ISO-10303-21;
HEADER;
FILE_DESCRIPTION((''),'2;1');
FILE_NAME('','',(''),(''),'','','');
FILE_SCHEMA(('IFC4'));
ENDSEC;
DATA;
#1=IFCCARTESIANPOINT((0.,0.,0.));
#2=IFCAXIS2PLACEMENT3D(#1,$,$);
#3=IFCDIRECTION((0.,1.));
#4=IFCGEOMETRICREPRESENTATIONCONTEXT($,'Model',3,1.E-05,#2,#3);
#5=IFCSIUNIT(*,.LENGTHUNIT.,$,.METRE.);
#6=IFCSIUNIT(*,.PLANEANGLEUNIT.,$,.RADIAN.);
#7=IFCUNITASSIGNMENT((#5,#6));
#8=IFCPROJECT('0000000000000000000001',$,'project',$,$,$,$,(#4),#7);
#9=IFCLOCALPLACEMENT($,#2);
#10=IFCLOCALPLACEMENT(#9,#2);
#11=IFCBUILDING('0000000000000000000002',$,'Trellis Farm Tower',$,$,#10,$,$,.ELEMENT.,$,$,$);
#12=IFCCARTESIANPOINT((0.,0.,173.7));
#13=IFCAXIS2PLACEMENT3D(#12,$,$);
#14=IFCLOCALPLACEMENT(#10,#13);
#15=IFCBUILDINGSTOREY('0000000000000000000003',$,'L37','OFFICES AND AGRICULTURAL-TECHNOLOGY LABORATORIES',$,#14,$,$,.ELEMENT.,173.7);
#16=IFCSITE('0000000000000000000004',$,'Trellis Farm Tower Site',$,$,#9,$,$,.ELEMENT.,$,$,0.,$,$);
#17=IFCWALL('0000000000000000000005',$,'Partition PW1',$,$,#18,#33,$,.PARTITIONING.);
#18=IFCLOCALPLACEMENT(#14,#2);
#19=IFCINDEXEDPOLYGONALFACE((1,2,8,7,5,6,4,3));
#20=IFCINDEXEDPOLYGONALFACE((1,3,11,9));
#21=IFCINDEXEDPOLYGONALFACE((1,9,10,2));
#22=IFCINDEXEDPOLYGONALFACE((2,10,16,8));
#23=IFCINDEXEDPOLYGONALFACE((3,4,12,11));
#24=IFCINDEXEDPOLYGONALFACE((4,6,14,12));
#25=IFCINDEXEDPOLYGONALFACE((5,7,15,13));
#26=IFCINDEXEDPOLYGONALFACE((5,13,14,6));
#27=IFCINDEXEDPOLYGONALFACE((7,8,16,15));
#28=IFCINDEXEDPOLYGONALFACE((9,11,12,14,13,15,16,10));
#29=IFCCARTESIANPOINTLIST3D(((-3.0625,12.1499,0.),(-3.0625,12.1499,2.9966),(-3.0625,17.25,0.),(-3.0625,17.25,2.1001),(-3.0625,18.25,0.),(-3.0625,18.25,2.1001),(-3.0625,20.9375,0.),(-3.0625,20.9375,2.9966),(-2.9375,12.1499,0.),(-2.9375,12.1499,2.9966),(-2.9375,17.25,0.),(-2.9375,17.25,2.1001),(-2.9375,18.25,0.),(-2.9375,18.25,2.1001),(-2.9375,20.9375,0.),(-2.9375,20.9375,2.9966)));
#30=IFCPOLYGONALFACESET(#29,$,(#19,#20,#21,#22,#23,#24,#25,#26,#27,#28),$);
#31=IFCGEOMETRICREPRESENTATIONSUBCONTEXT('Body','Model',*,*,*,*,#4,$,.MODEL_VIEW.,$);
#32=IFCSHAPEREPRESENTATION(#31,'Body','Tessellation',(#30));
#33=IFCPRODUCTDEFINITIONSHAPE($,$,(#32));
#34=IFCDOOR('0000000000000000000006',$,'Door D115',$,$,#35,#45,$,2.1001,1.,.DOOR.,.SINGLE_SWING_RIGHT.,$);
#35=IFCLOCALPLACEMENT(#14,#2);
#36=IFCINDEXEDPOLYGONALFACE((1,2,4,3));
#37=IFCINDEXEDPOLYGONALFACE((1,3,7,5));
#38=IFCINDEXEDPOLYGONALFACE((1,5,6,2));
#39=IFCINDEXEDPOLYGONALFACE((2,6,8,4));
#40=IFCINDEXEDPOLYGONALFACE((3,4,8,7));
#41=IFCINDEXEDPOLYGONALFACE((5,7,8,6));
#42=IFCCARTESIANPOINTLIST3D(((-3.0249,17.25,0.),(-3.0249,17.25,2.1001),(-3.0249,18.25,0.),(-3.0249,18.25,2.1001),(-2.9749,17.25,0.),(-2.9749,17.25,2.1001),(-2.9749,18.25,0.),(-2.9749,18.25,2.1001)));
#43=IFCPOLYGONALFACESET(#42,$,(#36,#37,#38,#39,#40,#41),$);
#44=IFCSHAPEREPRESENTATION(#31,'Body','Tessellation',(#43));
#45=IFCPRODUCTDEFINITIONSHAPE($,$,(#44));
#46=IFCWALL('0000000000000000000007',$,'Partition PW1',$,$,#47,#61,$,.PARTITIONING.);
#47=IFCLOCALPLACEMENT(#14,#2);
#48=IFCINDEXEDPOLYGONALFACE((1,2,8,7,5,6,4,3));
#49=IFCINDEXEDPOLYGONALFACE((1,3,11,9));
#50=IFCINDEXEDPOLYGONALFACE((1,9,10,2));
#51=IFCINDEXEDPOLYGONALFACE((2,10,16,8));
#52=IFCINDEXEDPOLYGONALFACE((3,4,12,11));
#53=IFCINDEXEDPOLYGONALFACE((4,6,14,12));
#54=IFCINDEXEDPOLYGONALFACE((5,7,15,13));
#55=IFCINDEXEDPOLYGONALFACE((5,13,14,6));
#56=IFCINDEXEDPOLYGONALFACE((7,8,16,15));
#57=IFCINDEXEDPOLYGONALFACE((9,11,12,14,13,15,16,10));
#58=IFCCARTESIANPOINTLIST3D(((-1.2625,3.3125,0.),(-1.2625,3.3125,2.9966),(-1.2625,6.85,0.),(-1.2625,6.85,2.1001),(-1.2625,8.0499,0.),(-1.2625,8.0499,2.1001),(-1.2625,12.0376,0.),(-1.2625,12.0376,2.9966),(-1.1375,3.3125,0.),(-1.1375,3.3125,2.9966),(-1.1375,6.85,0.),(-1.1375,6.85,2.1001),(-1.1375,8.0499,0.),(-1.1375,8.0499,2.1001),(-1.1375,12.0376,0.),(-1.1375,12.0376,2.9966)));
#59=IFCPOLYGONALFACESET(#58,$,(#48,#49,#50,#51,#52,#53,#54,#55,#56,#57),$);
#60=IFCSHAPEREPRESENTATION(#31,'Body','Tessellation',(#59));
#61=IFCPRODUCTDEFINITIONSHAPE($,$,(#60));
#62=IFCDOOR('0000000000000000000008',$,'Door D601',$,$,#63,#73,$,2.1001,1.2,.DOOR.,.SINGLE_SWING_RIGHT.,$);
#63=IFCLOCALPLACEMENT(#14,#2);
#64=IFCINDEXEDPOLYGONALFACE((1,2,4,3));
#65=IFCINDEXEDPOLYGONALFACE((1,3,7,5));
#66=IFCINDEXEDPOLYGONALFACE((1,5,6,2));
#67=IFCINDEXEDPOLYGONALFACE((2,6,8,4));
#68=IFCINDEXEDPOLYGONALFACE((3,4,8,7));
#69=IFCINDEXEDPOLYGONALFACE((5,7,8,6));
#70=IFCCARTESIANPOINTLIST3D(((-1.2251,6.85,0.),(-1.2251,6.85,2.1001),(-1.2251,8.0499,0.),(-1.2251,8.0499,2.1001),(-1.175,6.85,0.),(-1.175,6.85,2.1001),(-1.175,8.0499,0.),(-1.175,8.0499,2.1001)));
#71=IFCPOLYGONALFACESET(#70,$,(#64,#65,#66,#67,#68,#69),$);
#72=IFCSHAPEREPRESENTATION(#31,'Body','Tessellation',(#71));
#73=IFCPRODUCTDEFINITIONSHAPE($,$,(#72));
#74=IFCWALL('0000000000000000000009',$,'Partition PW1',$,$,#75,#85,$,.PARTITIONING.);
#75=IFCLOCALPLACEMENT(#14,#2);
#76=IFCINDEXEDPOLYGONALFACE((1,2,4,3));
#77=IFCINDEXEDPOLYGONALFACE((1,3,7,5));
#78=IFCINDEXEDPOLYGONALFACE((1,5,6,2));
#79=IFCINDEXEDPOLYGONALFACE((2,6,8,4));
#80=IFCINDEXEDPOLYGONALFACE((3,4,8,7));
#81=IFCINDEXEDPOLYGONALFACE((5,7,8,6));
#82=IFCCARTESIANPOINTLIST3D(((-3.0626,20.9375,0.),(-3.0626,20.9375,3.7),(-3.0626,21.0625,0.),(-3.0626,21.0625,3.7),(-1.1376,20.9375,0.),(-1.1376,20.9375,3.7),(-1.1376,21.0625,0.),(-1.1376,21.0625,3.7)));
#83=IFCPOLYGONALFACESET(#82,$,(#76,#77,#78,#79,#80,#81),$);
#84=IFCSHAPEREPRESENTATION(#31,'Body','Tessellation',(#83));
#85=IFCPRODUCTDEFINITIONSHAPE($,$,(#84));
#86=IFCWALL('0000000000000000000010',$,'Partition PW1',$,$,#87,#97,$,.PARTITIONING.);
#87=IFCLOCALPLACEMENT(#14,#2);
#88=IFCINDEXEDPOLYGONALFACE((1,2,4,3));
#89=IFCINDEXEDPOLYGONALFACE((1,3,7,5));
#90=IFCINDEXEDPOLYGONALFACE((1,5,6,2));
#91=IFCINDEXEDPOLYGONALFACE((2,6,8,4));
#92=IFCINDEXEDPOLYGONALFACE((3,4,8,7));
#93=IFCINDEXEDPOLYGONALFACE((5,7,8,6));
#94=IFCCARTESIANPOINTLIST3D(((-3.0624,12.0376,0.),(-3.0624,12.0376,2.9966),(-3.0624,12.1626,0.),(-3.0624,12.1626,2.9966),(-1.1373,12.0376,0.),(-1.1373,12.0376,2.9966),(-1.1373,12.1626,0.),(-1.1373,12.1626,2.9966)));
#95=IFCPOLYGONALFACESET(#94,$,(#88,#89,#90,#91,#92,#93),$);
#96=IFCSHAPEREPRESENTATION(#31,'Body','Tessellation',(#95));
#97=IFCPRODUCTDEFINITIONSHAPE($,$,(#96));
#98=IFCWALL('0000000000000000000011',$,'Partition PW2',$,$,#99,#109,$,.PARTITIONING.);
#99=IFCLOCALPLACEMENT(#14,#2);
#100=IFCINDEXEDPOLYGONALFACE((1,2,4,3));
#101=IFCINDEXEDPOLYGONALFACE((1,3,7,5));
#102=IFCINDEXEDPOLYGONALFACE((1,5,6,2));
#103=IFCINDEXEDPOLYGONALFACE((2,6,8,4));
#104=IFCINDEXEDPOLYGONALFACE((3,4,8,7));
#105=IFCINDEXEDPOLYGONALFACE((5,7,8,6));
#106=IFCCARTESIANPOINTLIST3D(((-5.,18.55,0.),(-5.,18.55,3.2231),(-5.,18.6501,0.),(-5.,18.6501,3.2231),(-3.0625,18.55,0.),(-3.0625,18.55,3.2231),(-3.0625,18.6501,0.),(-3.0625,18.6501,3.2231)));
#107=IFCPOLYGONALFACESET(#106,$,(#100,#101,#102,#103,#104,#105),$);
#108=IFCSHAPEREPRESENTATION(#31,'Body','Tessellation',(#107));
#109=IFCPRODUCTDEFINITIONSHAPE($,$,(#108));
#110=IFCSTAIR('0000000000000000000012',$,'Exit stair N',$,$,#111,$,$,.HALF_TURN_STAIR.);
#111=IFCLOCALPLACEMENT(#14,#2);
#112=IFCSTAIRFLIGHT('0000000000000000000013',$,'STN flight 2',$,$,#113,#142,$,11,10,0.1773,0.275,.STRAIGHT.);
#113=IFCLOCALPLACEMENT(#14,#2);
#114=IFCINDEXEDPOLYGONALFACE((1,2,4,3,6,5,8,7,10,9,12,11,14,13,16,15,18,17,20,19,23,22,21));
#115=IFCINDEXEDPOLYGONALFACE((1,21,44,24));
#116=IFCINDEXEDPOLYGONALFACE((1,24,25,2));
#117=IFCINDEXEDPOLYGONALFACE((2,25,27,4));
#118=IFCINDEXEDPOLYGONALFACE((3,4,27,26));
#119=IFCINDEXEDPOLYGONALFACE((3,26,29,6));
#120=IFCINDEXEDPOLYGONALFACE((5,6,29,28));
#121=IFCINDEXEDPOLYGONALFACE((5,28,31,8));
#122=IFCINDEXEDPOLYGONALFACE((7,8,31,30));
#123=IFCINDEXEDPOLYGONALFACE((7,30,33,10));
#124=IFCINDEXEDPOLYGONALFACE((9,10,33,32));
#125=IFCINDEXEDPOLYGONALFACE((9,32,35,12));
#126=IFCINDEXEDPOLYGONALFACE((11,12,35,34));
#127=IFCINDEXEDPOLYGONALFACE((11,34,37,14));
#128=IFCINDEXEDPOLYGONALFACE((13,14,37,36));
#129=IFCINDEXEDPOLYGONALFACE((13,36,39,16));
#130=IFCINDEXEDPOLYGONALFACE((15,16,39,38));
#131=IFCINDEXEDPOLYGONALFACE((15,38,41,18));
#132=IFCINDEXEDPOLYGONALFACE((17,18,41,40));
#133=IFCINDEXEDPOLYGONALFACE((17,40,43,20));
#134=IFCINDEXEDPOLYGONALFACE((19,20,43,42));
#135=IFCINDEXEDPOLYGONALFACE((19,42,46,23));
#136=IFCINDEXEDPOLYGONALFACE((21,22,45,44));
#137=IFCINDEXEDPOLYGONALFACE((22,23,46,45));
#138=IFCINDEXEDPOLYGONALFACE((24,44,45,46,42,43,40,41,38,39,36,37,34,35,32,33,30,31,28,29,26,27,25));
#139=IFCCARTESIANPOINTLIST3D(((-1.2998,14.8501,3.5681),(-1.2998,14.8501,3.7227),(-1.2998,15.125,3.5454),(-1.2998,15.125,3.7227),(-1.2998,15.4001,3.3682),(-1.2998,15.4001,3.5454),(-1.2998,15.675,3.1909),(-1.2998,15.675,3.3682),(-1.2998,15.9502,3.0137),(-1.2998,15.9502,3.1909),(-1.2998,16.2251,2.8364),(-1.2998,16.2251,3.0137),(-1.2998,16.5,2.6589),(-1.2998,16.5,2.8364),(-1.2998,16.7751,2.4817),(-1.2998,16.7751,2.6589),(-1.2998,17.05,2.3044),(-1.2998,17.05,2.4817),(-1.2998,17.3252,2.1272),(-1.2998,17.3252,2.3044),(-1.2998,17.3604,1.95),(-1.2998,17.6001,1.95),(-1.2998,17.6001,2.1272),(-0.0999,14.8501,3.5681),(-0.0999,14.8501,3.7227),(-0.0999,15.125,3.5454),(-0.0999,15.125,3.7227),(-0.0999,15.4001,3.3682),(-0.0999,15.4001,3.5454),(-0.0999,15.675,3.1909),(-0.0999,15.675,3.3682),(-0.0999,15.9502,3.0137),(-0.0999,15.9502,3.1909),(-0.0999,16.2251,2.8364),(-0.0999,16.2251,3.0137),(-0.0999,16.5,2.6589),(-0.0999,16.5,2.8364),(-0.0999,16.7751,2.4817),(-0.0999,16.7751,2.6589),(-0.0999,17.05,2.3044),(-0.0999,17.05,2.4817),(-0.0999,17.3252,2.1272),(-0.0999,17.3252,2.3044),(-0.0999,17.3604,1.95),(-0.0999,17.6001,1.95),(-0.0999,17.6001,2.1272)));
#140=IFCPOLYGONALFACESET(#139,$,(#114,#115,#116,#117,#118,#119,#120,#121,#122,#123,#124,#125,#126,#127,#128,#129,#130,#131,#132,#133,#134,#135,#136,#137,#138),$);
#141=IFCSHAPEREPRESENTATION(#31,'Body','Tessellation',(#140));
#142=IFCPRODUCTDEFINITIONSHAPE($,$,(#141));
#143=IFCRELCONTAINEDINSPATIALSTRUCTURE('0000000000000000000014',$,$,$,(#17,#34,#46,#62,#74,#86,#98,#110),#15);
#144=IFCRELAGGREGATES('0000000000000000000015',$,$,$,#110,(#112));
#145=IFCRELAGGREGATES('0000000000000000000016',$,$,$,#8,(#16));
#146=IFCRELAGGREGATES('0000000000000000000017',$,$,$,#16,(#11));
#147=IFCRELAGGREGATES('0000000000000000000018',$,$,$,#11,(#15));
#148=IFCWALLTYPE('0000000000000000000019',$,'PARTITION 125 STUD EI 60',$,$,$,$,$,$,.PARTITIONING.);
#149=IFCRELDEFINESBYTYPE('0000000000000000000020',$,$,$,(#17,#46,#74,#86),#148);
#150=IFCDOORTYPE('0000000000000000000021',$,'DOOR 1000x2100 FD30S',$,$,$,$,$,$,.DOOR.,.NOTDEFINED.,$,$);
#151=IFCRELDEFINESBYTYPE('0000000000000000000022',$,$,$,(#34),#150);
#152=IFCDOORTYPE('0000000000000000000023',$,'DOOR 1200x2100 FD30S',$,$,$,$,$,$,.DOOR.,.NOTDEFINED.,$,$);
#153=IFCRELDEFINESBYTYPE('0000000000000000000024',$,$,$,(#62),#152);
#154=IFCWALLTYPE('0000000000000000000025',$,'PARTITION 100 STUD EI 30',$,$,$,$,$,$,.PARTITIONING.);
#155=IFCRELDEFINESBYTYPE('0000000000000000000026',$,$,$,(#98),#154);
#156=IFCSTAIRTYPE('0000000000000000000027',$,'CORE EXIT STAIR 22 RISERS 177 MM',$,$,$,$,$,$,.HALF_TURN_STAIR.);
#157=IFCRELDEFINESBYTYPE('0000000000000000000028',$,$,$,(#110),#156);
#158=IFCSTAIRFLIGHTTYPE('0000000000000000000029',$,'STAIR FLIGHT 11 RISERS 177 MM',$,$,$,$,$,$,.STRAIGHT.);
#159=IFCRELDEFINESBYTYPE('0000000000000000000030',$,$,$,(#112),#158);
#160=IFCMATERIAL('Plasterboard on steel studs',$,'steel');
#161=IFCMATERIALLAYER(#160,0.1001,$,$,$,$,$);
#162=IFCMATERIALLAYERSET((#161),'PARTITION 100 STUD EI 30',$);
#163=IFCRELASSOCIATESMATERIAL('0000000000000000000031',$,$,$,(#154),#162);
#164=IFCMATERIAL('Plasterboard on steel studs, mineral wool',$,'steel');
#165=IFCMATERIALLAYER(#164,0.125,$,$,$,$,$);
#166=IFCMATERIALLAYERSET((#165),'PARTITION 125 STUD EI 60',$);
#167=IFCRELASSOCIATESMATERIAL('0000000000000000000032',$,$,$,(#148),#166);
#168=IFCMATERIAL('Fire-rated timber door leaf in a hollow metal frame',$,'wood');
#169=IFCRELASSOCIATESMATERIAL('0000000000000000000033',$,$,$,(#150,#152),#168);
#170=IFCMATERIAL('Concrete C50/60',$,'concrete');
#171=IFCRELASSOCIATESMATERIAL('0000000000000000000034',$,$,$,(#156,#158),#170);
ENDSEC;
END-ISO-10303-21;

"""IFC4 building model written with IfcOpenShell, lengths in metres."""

from ifc_helpers import new_model, si_unit, direction, frame, frame_2d, origin, place, context, subcontext, project, spatial, polyline, rectangle, outline, extrude, source, transform, mapped, material, layer, layer_set, type_object, element, fill, aggregate, save


model = new_model("IFC4")

# Units and contexts
model_context = context("Model", 3, precision=1e-05, world=origin(), true_north=direction((0.0, 1.0)))
body_context = subcontext(model_context, "Body", "Model", "MODEL_VIEW")
ifc_project = project(units=[si_unit("LENGTHUNIT", "METRE"), si_unit("PLANEANGLEUNIT", "RADIAN")], contexts=[model_context])

# Site, building, storey
site_placement = place(None, origin())
site = spatial("IfcSite", under=ifc_project, at=site_placement, Name="Trellis Farm Tower Site", CompositionType="ELEMENT", RefElevation=0.0)
building_placement = place(site_placement, origin())
building = spatial("IfcBuilding", under=site, at=building_placement, Name="Trellis Farm Tower", CompositionType="ELEMENT")
storey_placement = place(building_placement, frame((0.0, 0.0, 173.7)))
storey = spatial("IfcBuildingStorey", under=building, at=storey_placement, Name="L37", Description="OFFICES AND AGRICULTURAL-TECHNOLOGY LABORATORIES", CompositionType="ELEMENT", Elevation=173.7)

# Shared definitions
placement = place(storey_placement, origin())

# Shared definitions
shared_shape_1 = source(origin(), body_context, "Body", "SweptSolid", [
    extrude(rectangle(XDim=1.2, YDim=2.1001, at=frame_2d((0.6001, 1.05))), frame((0.0, 0.0249, 0.0), z_axis=(0.0, -1.0, 0.0), x_axis=(1.0, 0.0, 0.0)), (0.0, 0.0, 1.0), 0.05),
])

# Shared definitions
ifc_material_1 = material(Name="Plasterboard on steel studs", Category="steel")
ifc_layer_1 = layer(ifc_material_1, 0.1001)
ifc_layer_set_1 = layer_set([ifc_layer_1], Name="PARTITION 100 STUD EI 30")
wall_type_1 = type_object("IfcWallType", Name="PARTITION 100 STUD EI 30", PredefinedType="PARTITIONING", material=ifc_layer_set_1)

# Walls, openings, doors
ifc_material_2 = material(Name="Plasterboard on steel studs, mineral wool", Category="steel")
ifc_layer_2 = layer(ifc_material_2, 0.125)
ifc_layer_set_2 = layer_set([ifc_layer_2], Name="PARTITION 125 STUD EI 60")
wall_type_2 = type_object("IfcWallType", Name="PARTITION 125 STUD EI 60", PredefinedType="PARTITIONING", material=ifc_layer_set_2)
ifc_material_3 = material(Name="Fire-rated timber door leaf in a hollow metal frame", Category="wood")
shared_shape_2 = source(origin(), body_context, "Body", "SweptSolid", [
    extrude(rectangle(XDim=8.7876, YDim=0.125, at=frame_2d((4.3938, 0.0))), origin(), (0.0, 0.0, 1.0), 2.9966),
])
wall_1_placement = place(storey_placement, frame((-3.0, 12.1499, 0.0), z_axis=(0.0, 0.0, 1.0), x_axis=(0.0, 1.0, 0.0)))
wall_1 = element("IfcWall", 1, at=wall_1_placement, inside=storey, type_object=wall_type_2, Name="Partition PW1", PredefinedType="PARTITIONING", context=body_context, shape_type="MappedRepresentation", body=[
    mapped(shared_shape_2, transform((0.0, 0.0, 0.0))),
])
shared_shape_3 = source(origin(), body_context, "Body", "SweptSolid", [
    extrude(rectangle(XDim=1.0, YDim=2.1001, at=frame_2d((0.5, 1.05))), frame((0.0, 0.0725, 0.0), z_axis=(0.0, -1.0, 0.0), x_axis=(1.0, 0.0, 0.0)), (0.0, 0.0, 1.0), 0.145),
])
opening_1_placement = place(wall_1_placement, frame((5.1001, 0.0, 0.0)))
opening_1 = element("IfcOpeningElement", 2, at=opening_1_placement, cuts=wall_1, PredefinedType="OPENING", context=body_context, shape_type="MappedRepresentation", body=[
    mapped(shared_shape_3, transform((0.0, 0.0, 0.0))),
])
door_type_1 = type_object("IfcDoorType", Name="DOOR 1000x2100 FD30S", OperationType="NOTDEFINED", PredefinedType="DOOR", material=ifc_material_3)
shared_shape_4 = source(origin(), body_context, "Body", "SweptSolid", [
    extrude(rectangle(XDim=1.0, YDim=2.1001, at=frame_2d((0.5, 1.05))), frame((0.0, 0.0249, 0.0), z_axis=(0.0, -1.0, 0.0), x_axis=(1.0, 0.0, 0.0)), (0.0, 0.0, 1.0), 0.05),
])
door_1_placement = place(opening_1_placement, origin())
door_1 = element("IfcDoor", 3, at=door_1_placement, inside=storey, type_object=door_type_1, Name="Door D115", OperationType="SINGLE_SWING_RIGHT", OverallHeight=2.1001, OverallWidth=1.0, PredefinedType="DOOR", context=body_context, shape_type="MappedRepresentation", body=[
    mapped(shared_shape_4, transform((0.0, 0.0, 0.0))),
])
fill(opening_1, door_1)
shared_shape_5 = source(origin(), body_context, "Body", "SweptSolid", [
    extrude(rectangle(XDim=8.7251, YDim=0.125, at=frame_2d((4.3625, 0.0))), origin(), (0.0, 0.0, 1.0), 2.9966),
])
wall_2_placement = place(storey_placement, frame((-1.2, 12.0376, 0.0), z_axis=(0.0, 0.0, 1.0), x_axis=(0.0, -1.0, 0.0)))
wall_2 = element("IfcWall", 4, at=wall_2_placement, inside=storey, type_object=wall_type_2, Name="Partition PW1", PredefinedType="PARTITIONING", context=body_context, shape_type="MappedRepresentation", body=[
    mapped(shared_shape_5, transform((0.0, 0.0, 0.0))),
])
shared_shape_6 = source(origin(), body_context, "Body", "SweptSolid", [
    extrude(rectangle(XDim=1.2, YDim=2.1001, at=frame_2d((0.6001, 1.05))), frame((0.0, 0.0725, 0.0), z_axis=(0.0, -1.0, 0.0), x_axis=(1.0, 0.0, 0.0)), (0.0, 0.0, 1.0), 0.145),
])
opening_2_placement = place(wall_2_placement, frame((3.9875, 0.0, 0.0)))
opening_2 = element("IfcOpeningElement", 5, at=opening_2_placement, cuts=wall_2, PredefinedType="OPENING", context=body_context, shape_type="MappedRepresentation", body=[
    mapped(shared_shape_6, transform((0.0, 0.0, 0.0))),
])
door_type_2 = type_object("IfcDoorType", Name="DOOR 1200x2100 FD30S", OperationType="NOTDEFINED", PredefinedType="DOOR", material=ifc_material_3)
door_2_placement = place(opening_2_placement, origin())
door_2 = element("IfcDoor", 6, at=door_2_placement, inside=storey, type_object=door_type_2, Name="Door D601", OperationType="SINGLE_SWING_RIGHT", OverallHeight=2.1001, OverallWidth=1.2, PredefinedType="DOOR", context=body_context, shape_type="MappedRepresentation", body=[
    mapped(shared_shape_1, transform((0.0, 0.0, 0.0))),
])
fill(opening_2, door_2)

# Walls
shared_shape_7 = source(origin(), body_context, "Body", "SweptSolid", [
    extrude(rectangle(XDim=1.925, YDim=0.125, at=frame_2d((0.9624, 0.0))), origin(), (0.0, 0.0, 1.0), 3.7),
])
wall_3_placement = place(storey_placement, frame((-3.0625, 21.0, 0.0), z_axis=(0.0, 0.0, 1.0), x_axis=(1.0, 0.0, 0.0)))
element("IfcWall", 7, at=wall_3_placement, inside=storey, type_object=wall_type_2, Name="Partition PW1", PredefinedType="PARTITIONING", context=body_context, shape_type="MappedRepresentation", body=[
    mapped(shared_shape_7, transform((0.0, 0.0, 0.0))),
])
shared_shape_8 = source(origin(), body_context, "Body", "SweptSolid", [
    extrude(rectangle(XDim=1.925, YDim=0.125, at=frame_2d((0.9624, 0.0))), origin(), (0.0, 0.0, 1.0), 2.9966),
])
wall_4_placement = place(storey_placement, frame((-1.1375, 12.1001, 0.0), z_axis=(0.0, 0.0, 1.0), x_axis=(-1.0, 0.0, 0.0)))
element("IfcWall", 8, at=wall_4_placement, inside=storey, type_object=wall_type_2, Name="Partition PW1", PredefinedType="PARTITIONING", context=body_context, shape_type="MappedRepresentation", body=[
    mapped(shared_shape_8, transform((0.0, 0.0, 0.0))),
])
shared_shape_9 = source(origin(), body_context, "Body", "SweptSolid", [
    extrude(rectangle(XDim=1.9375, YDim=0.1001, at=frame_2d((0.9688, 0.0))), origin(), (0.0, 0.0, 1.0), 3.2231),
])
wall_5_placement = place(storey_placement, frame((-5.0, 18.6001, 0.0), z_axis=(0.0, 0.0, 1.0), x_axis=(1.0, 0.0, 0.0)))
element("IfcWall", 9, at=wall_5_placement, inside=storey, type_object=wall_type_1, Name="Partition PW2", PredefinedType="PARTITIONING", context=body_context, shape_type="MappedRepresentation", body=[
    mapped(shared_shape_9, transform((0.0, 0.0, 0.0))),
])

# Stair, stair flight
ifc_material_4 = material(Name="Concrete C50/60", Category="concrete")
stair_type = type_object("IfcStairType", Name="CORE EXIT STAIR 22 RISERS 177 MM", PredefinedType="HALF_TURN_STAIR", material=ifc_material_4)
stair = element("IfcStair", 10, at=placement, inside=storey, type_object=stair_type, Name="Exit stair N", PredefinedType="HALF_TURN_STAIR")
stair_flight_type = type_object("IfcStairFlightType", Name="STAIR FLIGHT 11 RISERS 177 MM", PredefinedType="STRAIGHT", material=ifc_material_4)
shared_shape_10 = source(origin(), body_context, "Body", "SweptSolid", [
    extrude(outline(polyline([(0.0, 0.0), (0.0, 0.1772), (0.2749, 0.1772), (0.2749, 0.3545), (0.55, 0.3545), (0.55, 0.5317), (0.825, 0.5317), (0.825, 0.709), (1.1001, 0.709), (1.1001, 0.8865), (1.375, 0.8865), (1.375, 1.0637), (1.6499, 1.0637), (1.6499, 1.241), (1.925, 1.241), (1.925, 1.4182), (2.2, 1.4182), (2.2, 1.5955), (2.4751, 1.5955), (2.4751, 1.7727), (2.75, 1.7727), (2.75, 1.95), (2.75, 1.6182), (0.2397, 0.0), (0.0, 0.0)])), frame((0.0, 0.6001, 0.0), z_axis=(0.0, -1.0, 0.0), x_axis=(1.0, 0.0, 0.0)), (0.0, 0.0, 1.0), 1.2),
])
stair_flight_placement = place(storey_placement, frame((-0.7, 17.6001, 1.95), z_axis=(0.0, 0.0, 1.0), x_axis=(0.0, -1.0, 0.0)))
stair_flight = element("IfcStairFlight", 11, at=stair_flight_placement, type_object=stair_flight_type, Name="STN flight 2", NumberOfRisers=11, NumberOfTreads=10, PredefinedType="STRAIGHT", RiserHeight=0.1773, TreadLength=0.275, context=body_context, shape_type="MappedRepresentation", body=[
    mapped(shared_shape_10, transform((0.0, 0.0, 0.0))),
])
aggregate(stair, [stair_flight])

save(model, "model.ifc")
